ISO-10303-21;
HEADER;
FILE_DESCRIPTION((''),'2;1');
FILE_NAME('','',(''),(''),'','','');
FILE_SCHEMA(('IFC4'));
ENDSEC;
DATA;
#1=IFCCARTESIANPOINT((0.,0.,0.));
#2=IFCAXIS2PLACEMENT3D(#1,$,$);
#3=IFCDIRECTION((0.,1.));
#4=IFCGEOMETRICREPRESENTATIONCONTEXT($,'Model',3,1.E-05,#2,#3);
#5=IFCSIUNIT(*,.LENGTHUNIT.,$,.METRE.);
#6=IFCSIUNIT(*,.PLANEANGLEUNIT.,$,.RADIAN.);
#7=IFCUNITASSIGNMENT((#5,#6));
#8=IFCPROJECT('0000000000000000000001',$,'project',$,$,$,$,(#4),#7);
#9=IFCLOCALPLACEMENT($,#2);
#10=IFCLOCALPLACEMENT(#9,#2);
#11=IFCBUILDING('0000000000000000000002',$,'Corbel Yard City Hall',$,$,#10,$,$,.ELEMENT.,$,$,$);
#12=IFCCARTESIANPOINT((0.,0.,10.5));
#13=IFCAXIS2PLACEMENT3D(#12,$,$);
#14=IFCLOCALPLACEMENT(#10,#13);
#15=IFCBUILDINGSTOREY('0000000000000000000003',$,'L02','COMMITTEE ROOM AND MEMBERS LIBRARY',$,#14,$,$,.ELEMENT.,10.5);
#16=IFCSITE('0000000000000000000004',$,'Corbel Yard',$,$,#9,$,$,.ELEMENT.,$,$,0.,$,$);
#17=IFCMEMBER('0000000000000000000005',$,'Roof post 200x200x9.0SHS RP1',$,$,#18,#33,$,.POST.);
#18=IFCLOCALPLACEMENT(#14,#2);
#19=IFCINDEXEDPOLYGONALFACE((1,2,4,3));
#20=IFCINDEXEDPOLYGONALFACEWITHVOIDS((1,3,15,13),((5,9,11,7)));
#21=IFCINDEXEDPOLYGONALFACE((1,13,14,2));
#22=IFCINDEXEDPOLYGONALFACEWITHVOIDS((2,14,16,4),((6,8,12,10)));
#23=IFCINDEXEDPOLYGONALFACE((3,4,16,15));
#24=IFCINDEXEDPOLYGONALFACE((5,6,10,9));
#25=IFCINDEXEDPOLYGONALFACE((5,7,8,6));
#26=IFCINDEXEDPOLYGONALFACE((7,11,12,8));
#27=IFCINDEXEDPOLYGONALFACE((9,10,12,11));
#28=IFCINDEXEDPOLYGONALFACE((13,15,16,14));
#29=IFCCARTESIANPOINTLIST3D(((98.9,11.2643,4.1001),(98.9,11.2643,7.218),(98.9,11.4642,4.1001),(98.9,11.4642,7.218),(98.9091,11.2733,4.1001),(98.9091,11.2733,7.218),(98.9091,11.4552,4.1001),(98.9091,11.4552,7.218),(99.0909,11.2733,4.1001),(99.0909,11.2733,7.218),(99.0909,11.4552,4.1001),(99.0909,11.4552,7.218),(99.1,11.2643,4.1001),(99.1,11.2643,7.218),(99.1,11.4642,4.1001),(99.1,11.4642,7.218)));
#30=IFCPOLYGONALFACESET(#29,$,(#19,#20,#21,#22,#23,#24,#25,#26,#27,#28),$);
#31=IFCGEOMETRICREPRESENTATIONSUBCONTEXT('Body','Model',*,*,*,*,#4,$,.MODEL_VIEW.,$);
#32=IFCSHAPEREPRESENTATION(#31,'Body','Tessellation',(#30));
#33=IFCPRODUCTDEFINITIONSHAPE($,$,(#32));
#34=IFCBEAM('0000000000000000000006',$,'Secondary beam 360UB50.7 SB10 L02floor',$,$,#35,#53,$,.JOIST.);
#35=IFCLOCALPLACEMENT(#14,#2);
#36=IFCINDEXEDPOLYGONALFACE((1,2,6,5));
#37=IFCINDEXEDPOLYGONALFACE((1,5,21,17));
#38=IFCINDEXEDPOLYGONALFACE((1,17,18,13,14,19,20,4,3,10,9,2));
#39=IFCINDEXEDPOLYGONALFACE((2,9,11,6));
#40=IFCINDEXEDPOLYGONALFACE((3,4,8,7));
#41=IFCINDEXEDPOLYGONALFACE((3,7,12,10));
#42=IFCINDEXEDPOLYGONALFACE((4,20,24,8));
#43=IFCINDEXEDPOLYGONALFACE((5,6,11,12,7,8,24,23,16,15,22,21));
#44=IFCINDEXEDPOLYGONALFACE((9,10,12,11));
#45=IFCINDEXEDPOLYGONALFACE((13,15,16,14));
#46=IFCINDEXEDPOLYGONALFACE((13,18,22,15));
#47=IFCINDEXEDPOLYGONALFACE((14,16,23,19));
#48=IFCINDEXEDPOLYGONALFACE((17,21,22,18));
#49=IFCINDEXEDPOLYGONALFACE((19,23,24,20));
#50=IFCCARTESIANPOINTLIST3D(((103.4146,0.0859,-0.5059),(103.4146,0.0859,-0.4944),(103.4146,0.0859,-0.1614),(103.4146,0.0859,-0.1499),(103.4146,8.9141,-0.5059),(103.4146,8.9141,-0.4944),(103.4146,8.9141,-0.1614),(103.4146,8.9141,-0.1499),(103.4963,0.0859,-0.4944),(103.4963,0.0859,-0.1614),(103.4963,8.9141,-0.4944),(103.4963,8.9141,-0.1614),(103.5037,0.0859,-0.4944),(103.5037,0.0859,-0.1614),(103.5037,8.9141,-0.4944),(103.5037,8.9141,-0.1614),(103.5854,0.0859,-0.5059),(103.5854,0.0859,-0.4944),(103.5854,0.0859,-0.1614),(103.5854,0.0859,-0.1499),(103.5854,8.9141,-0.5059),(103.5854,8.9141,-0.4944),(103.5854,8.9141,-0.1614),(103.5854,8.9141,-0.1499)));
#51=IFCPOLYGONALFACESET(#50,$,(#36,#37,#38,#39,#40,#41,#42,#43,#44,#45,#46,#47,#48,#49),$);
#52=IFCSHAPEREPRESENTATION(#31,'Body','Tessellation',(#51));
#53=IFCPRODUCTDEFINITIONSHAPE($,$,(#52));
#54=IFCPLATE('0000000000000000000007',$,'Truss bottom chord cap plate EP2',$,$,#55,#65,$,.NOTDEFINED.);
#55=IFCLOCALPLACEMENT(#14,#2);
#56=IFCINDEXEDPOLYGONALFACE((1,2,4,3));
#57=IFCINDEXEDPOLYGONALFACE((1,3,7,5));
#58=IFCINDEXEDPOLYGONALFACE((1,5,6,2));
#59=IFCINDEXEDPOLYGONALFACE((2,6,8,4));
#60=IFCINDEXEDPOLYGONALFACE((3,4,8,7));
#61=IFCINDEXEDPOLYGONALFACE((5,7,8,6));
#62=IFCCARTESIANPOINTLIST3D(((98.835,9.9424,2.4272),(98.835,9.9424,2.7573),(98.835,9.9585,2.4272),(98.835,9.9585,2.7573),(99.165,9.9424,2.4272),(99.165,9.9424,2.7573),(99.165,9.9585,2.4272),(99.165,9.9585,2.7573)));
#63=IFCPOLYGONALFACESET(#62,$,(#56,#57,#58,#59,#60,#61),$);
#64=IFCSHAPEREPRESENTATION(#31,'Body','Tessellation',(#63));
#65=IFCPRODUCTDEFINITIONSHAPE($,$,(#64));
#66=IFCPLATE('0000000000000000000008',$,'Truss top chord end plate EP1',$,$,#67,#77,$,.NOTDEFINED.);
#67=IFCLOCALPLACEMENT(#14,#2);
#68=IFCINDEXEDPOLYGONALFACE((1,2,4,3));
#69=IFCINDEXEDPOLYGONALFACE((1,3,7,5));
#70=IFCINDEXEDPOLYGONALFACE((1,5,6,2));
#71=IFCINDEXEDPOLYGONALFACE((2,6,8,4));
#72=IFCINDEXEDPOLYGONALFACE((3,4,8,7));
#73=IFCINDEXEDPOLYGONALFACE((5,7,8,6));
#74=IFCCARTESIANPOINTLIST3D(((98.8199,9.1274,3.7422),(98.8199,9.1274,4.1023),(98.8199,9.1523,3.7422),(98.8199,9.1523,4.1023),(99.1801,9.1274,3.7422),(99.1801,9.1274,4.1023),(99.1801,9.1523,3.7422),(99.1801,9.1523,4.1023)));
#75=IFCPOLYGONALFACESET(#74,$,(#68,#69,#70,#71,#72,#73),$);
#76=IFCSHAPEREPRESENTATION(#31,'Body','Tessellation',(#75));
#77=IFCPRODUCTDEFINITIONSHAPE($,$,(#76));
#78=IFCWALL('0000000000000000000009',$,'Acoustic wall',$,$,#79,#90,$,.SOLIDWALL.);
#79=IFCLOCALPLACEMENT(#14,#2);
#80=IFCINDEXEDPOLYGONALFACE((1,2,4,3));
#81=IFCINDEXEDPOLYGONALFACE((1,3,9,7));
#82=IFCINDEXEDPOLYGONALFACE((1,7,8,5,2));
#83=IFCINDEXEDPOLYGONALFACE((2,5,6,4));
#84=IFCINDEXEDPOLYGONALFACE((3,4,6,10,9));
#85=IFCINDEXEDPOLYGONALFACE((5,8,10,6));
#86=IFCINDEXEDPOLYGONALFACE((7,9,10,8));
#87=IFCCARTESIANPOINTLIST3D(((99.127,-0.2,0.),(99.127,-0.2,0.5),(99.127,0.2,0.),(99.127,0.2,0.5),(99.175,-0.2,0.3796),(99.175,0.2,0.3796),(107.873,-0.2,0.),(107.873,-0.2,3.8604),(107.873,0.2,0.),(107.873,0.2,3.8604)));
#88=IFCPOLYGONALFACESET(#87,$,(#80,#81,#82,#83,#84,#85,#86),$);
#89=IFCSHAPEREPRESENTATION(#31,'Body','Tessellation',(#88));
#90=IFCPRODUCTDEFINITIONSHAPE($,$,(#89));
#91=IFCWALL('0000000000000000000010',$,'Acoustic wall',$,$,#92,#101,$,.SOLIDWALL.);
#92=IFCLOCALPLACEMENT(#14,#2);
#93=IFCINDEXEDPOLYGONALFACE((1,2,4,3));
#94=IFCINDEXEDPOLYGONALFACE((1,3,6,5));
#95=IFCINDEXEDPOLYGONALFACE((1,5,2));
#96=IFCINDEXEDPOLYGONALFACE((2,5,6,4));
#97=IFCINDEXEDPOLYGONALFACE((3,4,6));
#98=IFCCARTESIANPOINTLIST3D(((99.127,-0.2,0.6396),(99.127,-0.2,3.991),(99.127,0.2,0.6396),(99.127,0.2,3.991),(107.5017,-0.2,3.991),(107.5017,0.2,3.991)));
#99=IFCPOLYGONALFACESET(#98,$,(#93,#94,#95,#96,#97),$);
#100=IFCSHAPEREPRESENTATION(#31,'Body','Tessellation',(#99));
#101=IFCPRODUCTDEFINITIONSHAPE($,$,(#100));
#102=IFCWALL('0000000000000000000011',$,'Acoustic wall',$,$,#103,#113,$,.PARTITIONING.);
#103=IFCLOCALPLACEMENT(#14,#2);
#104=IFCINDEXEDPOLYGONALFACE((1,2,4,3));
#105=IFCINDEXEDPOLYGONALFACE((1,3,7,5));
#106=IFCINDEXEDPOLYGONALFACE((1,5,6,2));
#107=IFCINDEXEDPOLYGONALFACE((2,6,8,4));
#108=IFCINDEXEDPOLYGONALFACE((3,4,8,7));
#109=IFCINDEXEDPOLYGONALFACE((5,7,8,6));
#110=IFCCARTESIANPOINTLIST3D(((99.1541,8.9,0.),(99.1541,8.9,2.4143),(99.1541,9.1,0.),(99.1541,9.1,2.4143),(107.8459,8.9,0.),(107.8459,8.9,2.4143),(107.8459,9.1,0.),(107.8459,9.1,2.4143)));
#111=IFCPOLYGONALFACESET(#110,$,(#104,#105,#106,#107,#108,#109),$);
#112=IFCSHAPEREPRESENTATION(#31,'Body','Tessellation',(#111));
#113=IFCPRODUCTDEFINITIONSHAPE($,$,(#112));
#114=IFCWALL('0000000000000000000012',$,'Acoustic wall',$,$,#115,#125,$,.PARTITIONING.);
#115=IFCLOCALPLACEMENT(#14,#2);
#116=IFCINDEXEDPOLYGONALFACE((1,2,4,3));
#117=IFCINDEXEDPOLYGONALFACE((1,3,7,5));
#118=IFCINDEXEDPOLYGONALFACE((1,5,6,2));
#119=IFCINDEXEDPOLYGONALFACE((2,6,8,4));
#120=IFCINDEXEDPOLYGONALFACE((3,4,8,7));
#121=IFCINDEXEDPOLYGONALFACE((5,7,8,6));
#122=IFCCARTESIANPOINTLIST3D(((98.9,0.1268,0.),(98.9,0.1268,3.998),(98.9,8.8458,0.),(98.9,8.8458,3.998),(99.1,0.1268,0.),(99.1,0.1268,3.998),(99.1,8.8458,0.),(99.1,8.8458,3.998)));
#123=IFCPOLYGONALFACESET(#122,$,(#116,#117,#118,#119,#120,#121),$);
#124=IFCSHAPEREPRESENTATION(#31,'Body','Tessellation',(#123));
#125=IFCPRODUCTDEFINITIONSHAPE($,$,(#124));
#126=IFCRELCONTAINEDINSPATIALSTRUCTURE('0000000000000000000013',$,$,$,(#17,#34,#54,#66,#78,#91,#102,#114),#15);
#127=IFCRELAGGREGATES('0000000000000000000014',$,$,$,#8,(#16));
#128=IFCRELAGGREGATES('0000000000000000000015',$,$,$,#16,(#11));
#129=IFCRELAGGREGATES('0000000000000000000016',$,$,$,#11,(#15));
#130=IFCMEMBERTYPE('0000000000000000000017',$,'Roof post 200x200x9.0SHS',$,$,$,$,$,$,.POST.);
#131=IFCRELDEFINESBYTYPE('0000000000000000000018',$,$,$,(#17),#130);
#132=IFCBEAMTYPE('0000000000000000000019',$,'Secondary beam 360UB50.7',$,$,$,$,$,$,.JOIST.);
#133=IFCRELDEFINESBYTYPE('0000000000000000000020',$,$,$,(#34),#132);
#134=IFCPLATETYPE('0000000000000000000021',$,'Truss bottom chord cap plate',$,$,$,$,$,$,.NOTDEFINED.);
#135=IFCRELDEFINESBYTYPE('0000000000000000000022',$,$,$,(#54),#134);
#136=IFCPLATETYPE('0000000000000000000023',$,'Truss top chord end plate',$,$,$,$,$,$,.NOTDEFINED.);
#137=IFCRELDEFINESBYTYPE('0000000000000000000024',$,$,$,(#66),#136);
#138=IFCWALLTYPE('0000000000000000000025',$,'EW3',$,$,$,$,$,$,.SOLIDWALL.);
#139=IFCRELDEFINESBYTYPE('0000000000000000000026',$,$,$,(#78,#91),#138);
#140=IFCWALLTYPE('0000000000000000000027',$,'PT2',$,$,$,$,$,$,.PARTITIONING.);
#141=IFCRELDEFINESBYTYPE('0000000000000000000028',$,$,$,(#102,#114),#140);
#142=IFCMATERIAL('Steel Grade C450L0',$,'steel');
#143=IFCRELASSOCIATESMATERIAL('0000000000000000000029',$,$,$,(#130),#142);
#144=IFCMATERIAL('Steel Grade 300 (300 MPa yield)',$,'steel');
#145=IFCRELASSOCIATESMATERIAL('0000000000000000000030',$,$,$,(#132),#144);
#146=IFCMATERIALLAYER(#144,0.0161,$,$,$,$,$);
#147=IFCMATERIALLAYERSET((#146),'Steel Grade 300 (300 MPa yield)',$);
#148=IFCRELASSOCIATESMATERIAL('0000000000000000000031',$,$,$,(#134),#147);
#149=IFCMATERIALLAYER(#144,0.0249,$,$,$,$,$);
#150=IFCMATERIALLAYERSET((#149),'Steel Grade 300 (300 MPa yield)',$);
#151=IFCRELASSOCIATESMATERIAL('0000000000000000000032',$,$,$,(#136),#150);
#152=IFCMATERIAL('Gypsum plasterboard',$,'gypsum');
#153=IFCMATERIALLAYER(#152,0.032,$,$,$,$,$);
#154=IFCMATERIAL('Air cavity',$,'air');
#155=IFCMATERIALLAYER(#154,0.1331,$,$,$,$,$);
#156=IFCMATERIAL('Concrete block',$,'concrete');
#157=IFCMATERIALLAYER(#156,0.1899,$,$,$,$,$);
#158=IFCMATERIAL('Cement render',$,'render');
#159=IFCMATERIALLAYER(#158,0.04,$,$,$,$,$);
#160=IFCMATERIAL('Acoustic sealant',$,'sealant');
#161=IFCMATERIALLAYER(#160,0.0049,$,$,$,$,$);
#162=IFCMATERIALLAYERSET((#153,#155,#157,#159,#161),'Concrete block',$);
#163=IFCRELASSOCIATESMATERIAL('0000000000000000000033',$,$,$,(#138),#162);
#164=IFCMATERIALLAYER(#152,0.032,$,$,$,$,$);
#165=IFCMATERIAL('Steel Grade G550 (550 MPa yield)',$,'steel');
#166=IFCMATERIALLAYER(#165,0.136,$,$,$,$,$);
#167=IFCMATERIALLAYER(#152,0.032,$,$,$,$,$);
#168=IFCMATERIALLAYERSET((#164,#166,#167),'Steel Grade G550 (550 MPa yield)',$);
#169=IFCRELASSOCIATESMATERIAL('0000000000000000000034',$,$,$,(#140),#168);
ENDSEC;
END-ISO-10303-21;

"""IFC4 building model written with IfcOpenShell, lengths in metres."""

from ifc_helpers import new_model, si_unit, direction, frame, frame_2d, origin, origin_2d, place, context, subcontext, project, spatial, polyline, rectangle, hollow_rectangle, i_section, outline, extrude, material, layer, layer_set, material_profile, profile_set, type_object, element, save


model = new_model("IFC4")

# Units and contexts
model_context = context("Model", 3, precision=1e-05, world=origin(), true_north=direction((0.0, 1.0)))
body_context = subcontext(model_context, "Body", "Model", "MODEL_VIEW")
ifc_project = project(units=[si_unit("LENGTHUNIT", "METRE"), si_unit("PLANEANGLEUNIT", "RADIAN")], contexts=[model_context])

# Site, building, storey
site_placement = place(None, origin())
site = spatial("IfcSite", under=ifc_project, at=site_placement, Name="Corbel Yard", CompositionType="ELEMENT", RefElevation=0.0)
building_placement = place(site_placement, origin())
building = spatial("IfcBuilding", under=site, at=building_placement, Name="Corbel Yard City Hall", CompositionType="ELEMENT")
storey_placement = place(building_placement, frame((0.0, 0.0, 10.5)))
storey = spatial("IfcBuildingStorey", under=building, at=storey_placement, Name="L02", Description="COMMITTEE ROOM AND MEMBERS LIBRARY", CompositionType="ELEMENT", Elevation=10.5)

# Shared definitions
ifc_material_1 = material(Name="Steel Grade 300 (300 MPa yield)", Category="steel")

# Member
ifc_material_2 = material(Name="Steel Grade C450L0", Category="steel")
ifc_material_profile_1 = material_profile(ifc_material_2, hollow_rectangle(XDim=0.2, YDim=0.2, WallThickness=0.009, at=origin_2d()), Name="200x200x9.0SHS")
ifc_profile_set_1 = profile_set([ifc_material_profile_1], Name="Steel Grade C450L0")
member_type_1 = type_object("IfcMemberType", Name="Roof post 200x200x9.0SHS", PredefinedType="POST", material=ifc_profile_set_1)
member_1_placement = place(storey_placement, frame((99.0, 11.3643, 4.1001), z_axis=(0.0, 0.0, 1.0), x_axis=(1.0, 0.0, 0.0)))
element("IfcMember", 1, at=member_1_placement, inside=storey, type_object=member_type_1, Name="Roof post 200x200x9.0SHS RP1", PredefinedType="POST", context=body_context, shape_type="SweptSolid", body=[
    extrude(hollow_rectangle(XDim=0.2, YDim=0.2, WallThickness=0.009, at=origin_2d()), origin(), (0.0, 0.0, 1.0), 3.1179),
])

# Beam
ifc_material_profile_2 = material_profile(ifc_material_1, i_section(OverallWidth=0.1709, OverallDepth=0.356, WebThickness=0.0073, FlangeThickness=0.0115, at=origin_2d()), Name="360UB50.7")
ifc_profile_set_2 = profile_set([ifc_material_profile_2], Name="Steel Grade 300 (300 MPa yield)")
beam_type_1 = type_object("IfcBeamType", Name="Secondary beam 360UB50.7", PredefinedType="JOIST", material=ifc_profile_set_2)
beam_1_placement = place(storey_placement, frame((103.5, 0.0859, -0.3279), z_axis=(0.0, 1.0, 0.0), x_axis=(-1.0, 0.0, 0.0)))
element("IfcBeam", 2, at=beam_1_placement, inside=storey, type_object=beam_type_1, Name="Secondary beam 360UB50.7 SB10 L02floor", PredefinedType="JOIST", context=body_context, shape_type="SweptSolid", body=[
    extrude(i_section(OverallWidth=0.1709, OverallDepth=0.356, WebThickness=0.0073, FlangeThickness=0.0115, at=origin_2d()), origin(), (0.0, 0.0, 1.0), 8.8281),
])

# Plates
ifc_layer_1 = layer(ifc_material_1, 0.0161)
ifc_layer_set_1 = layer_set([ifc_layer_1], Name="Steel Grade 300 (300 MPa yield)")
plate_type_1 = type_object("IfcPlateType", Name="Truss bottom chord cap plate", PredefinedType="NOTDEFINED", material=ifc_layer_set_1)
plate_1_placement = place(storey_placement, frame((99.0, 9.9504, 2.4272), z_axis=(0.0, 0.0, 1.0), x_axis=(1.0, 0.0, 0.0)))
element("IfcPlate", 3, at=plate_1_placement, inside=storey, type_object=plate_type_1, Name="Truss bottom chord cap plate EP2", PredefinedType="NOTDEFINED", context=body_context, shape_type="SweptSolid", body=[
    extrude(rectangle(XDim=0.3301, YDim=0.0161, at=origin_2d()), origin(), (0.0, 0.0, 1.0), 0.3301),
])
ifc_layer_2 = layer(ifc_material_1, 0.0249)
ifc_layer_set_2 = layer_set([ifc_layer_2], Name="Steel Grade 300 (300 MPa yield)")
plate_type_2 = type_object("IfcPlateType", Name="Truss top chord end plate", PredefinedType="NOTDEFINED", material=ifc_layer_set_2)
plate_2_placement = place(storey_placement, frame((99.0, 9.1399, 3.7422), z_axis=(0.0, 0.0, 1.0), x_axis=(1.0, 0.0, 0.0)))
element("IfcPlate", 4, at=plate_2_placement, inside=storey, type_object=plate_type_2, Name="Truss top chord end plate EP1", PredefinedType="NOTDEFINED", context=body_context, shape_type="SweptSolid", body=[
    extrude(rectangle(XDim=0.3601, YDim=0.0249, at=origin_2d()), origin(), (0.0, 0.0, 1.0), 0.3601),
])

# Walls
ifc_material_3 = material(Name="Gypsum plasterboard", Category="gypsum")
ifc_layer_3 = layer(ifc_material_3, 0.032)
ifc_material_4 = material(Name="Air cavity", Category="air")
ifc_layer_4 = layer(ifc_material_4, 0.1331)
ifc_material_5 = material(Name="Concrete block", Category="concrete")
ifc_layer_5 = layer(ifc_material_5, 0.1899)
ifc_material_6 = material(Name="Cement render", Category="render")
ifc_layer_6 = layer(ifc_material_6, 0.04)
ifc_material_7 = material(Name="Acoustic sealant", Category="sealant")
ifc_layer_7 = layer(ifc_material_7, 0.0049)
ifc_layer_set_3 = layer_set([ifc_layer_3, ifc_layer_4, ifc_layer_5, ifc_layer_6, ifc_layer_7], Name="Concrete block")
wall_type_1 = type_object("IfcWallType", Name="EW3", PredefinedType="SOLIDWALL", material=ifc_layer_set_3)
wall_1_placement = place(storey_placement, frame((99.127, 0.0, 0.0), z_axis=(0.0, 0.0, 1.0), x_axis=(1.0, 0.0, 0.0)))
element("IfcWall", 5, at=wall_1_placement, inside=storey, type_object=wall_type_1, Name="Acoustic wall", PredefinedType="SOLIDWALL", context=body_context, shape_type="SweptSolid", body=[
    extrude(outline(polyline([(8.7461, 0.0), (0.0, 0.0), (0.0, 0.5), (0.0481, 0.3796), (8.7461, 3.8604), (8.7461, 0.0)])), frame((0.0, 0.2, 0.0), z_axis=(0.0, -1.0, 0.0), x_axis=(1.0, 0.0, 0.0)), (0.0, 0.0, 1.0), 0.3999),
])
wall_2_placement = place(storey_placement, frame((99.127, 0.0, 0.0), z_axis=(0.0, 0.0, 1.0), x_axis=(1.0, 0.0, 0.0)))
element("IfcWall", 6, at=wall_2_placement, inside=storey, type_object=wall_type_1, Name="Acoustic wall", PredefinedType="SOLIDWALL", context=body_context, shape_type="SweptSolid", body=[
    extrude(outline(polyline([(0.0, 3.991), (8.3748, 3.991), (0.0, 0.6396), (0.0, 3.991)])), frame((0.0, 0.2, 0.0), z_axis=(0.0, -1.0, 0.0), x_axis=(1.0, 0.0, 0.0)), (0.0, 0.0, 1.0), 0.3999),
])
ifc_layer_8 = layer(ifc_material_3, 0.032)
ifc_material_8 = material(Name="Steel Grade G550 (550 MPa yield)", Category="steel")
ifc_layer_9 = layer(ifc_material_8, 0.136)
ifc_layer_10 = layer(ifc_material_3, 0.032)
ifc_layer_set_4 = layer_set([ifc_layer_8, ifc_layer_9, ifc_layer_10], Name="Steel Grade G550 (550 MPa yield)")
wall_type_2 = type_object("IfcWallType", Name="PT2", PredefinedType="PARTITIONING", material=ifc_layer_set_4)
wall_3_placement = place(storey_placement, frame((99.1541, 9.0, 0.0), z_axis=(0.0, 0.0, 1.0), x_axis=(1.0, 0.0, 0.0)))
element("IfcWall", 7, at=wall_3_placement, inside=storey, type_object=wall_type_2, Name="Acoustic wall", PredefinedType="PARTITIONING", context=body_context, shape_type="SweptSolid", body=[
    extrude(rectangle(XDim=8.6919, YDim=0.2, at=frame_2d((4.3459, 0.0))), origin(), (0.0, 0.0, 1.0), 2.4143),
])
wall_4_placement = place(storey_placement, frame((99.0, 0.127, 0.0), z_axis=(0.0, 0.0, 1.0), x_axis=(0.0, 1.0, 0.0)))
element("IfcWall", 8, at=wall_4_placement, inside=storey, type_object=wall_type_2, Name="Acoustic wall", PredefinedType="PARTITIONING", context=body_context, shape_type="SweptSolid", body=[
    extrude(rectangle(XDim=8.719, YDim=0.2, at=frame_2d((4.3594, 0.0))), origin(), (0.0, 0.0, 1.0), 3.998),
])

save(model, "model.ifc")
